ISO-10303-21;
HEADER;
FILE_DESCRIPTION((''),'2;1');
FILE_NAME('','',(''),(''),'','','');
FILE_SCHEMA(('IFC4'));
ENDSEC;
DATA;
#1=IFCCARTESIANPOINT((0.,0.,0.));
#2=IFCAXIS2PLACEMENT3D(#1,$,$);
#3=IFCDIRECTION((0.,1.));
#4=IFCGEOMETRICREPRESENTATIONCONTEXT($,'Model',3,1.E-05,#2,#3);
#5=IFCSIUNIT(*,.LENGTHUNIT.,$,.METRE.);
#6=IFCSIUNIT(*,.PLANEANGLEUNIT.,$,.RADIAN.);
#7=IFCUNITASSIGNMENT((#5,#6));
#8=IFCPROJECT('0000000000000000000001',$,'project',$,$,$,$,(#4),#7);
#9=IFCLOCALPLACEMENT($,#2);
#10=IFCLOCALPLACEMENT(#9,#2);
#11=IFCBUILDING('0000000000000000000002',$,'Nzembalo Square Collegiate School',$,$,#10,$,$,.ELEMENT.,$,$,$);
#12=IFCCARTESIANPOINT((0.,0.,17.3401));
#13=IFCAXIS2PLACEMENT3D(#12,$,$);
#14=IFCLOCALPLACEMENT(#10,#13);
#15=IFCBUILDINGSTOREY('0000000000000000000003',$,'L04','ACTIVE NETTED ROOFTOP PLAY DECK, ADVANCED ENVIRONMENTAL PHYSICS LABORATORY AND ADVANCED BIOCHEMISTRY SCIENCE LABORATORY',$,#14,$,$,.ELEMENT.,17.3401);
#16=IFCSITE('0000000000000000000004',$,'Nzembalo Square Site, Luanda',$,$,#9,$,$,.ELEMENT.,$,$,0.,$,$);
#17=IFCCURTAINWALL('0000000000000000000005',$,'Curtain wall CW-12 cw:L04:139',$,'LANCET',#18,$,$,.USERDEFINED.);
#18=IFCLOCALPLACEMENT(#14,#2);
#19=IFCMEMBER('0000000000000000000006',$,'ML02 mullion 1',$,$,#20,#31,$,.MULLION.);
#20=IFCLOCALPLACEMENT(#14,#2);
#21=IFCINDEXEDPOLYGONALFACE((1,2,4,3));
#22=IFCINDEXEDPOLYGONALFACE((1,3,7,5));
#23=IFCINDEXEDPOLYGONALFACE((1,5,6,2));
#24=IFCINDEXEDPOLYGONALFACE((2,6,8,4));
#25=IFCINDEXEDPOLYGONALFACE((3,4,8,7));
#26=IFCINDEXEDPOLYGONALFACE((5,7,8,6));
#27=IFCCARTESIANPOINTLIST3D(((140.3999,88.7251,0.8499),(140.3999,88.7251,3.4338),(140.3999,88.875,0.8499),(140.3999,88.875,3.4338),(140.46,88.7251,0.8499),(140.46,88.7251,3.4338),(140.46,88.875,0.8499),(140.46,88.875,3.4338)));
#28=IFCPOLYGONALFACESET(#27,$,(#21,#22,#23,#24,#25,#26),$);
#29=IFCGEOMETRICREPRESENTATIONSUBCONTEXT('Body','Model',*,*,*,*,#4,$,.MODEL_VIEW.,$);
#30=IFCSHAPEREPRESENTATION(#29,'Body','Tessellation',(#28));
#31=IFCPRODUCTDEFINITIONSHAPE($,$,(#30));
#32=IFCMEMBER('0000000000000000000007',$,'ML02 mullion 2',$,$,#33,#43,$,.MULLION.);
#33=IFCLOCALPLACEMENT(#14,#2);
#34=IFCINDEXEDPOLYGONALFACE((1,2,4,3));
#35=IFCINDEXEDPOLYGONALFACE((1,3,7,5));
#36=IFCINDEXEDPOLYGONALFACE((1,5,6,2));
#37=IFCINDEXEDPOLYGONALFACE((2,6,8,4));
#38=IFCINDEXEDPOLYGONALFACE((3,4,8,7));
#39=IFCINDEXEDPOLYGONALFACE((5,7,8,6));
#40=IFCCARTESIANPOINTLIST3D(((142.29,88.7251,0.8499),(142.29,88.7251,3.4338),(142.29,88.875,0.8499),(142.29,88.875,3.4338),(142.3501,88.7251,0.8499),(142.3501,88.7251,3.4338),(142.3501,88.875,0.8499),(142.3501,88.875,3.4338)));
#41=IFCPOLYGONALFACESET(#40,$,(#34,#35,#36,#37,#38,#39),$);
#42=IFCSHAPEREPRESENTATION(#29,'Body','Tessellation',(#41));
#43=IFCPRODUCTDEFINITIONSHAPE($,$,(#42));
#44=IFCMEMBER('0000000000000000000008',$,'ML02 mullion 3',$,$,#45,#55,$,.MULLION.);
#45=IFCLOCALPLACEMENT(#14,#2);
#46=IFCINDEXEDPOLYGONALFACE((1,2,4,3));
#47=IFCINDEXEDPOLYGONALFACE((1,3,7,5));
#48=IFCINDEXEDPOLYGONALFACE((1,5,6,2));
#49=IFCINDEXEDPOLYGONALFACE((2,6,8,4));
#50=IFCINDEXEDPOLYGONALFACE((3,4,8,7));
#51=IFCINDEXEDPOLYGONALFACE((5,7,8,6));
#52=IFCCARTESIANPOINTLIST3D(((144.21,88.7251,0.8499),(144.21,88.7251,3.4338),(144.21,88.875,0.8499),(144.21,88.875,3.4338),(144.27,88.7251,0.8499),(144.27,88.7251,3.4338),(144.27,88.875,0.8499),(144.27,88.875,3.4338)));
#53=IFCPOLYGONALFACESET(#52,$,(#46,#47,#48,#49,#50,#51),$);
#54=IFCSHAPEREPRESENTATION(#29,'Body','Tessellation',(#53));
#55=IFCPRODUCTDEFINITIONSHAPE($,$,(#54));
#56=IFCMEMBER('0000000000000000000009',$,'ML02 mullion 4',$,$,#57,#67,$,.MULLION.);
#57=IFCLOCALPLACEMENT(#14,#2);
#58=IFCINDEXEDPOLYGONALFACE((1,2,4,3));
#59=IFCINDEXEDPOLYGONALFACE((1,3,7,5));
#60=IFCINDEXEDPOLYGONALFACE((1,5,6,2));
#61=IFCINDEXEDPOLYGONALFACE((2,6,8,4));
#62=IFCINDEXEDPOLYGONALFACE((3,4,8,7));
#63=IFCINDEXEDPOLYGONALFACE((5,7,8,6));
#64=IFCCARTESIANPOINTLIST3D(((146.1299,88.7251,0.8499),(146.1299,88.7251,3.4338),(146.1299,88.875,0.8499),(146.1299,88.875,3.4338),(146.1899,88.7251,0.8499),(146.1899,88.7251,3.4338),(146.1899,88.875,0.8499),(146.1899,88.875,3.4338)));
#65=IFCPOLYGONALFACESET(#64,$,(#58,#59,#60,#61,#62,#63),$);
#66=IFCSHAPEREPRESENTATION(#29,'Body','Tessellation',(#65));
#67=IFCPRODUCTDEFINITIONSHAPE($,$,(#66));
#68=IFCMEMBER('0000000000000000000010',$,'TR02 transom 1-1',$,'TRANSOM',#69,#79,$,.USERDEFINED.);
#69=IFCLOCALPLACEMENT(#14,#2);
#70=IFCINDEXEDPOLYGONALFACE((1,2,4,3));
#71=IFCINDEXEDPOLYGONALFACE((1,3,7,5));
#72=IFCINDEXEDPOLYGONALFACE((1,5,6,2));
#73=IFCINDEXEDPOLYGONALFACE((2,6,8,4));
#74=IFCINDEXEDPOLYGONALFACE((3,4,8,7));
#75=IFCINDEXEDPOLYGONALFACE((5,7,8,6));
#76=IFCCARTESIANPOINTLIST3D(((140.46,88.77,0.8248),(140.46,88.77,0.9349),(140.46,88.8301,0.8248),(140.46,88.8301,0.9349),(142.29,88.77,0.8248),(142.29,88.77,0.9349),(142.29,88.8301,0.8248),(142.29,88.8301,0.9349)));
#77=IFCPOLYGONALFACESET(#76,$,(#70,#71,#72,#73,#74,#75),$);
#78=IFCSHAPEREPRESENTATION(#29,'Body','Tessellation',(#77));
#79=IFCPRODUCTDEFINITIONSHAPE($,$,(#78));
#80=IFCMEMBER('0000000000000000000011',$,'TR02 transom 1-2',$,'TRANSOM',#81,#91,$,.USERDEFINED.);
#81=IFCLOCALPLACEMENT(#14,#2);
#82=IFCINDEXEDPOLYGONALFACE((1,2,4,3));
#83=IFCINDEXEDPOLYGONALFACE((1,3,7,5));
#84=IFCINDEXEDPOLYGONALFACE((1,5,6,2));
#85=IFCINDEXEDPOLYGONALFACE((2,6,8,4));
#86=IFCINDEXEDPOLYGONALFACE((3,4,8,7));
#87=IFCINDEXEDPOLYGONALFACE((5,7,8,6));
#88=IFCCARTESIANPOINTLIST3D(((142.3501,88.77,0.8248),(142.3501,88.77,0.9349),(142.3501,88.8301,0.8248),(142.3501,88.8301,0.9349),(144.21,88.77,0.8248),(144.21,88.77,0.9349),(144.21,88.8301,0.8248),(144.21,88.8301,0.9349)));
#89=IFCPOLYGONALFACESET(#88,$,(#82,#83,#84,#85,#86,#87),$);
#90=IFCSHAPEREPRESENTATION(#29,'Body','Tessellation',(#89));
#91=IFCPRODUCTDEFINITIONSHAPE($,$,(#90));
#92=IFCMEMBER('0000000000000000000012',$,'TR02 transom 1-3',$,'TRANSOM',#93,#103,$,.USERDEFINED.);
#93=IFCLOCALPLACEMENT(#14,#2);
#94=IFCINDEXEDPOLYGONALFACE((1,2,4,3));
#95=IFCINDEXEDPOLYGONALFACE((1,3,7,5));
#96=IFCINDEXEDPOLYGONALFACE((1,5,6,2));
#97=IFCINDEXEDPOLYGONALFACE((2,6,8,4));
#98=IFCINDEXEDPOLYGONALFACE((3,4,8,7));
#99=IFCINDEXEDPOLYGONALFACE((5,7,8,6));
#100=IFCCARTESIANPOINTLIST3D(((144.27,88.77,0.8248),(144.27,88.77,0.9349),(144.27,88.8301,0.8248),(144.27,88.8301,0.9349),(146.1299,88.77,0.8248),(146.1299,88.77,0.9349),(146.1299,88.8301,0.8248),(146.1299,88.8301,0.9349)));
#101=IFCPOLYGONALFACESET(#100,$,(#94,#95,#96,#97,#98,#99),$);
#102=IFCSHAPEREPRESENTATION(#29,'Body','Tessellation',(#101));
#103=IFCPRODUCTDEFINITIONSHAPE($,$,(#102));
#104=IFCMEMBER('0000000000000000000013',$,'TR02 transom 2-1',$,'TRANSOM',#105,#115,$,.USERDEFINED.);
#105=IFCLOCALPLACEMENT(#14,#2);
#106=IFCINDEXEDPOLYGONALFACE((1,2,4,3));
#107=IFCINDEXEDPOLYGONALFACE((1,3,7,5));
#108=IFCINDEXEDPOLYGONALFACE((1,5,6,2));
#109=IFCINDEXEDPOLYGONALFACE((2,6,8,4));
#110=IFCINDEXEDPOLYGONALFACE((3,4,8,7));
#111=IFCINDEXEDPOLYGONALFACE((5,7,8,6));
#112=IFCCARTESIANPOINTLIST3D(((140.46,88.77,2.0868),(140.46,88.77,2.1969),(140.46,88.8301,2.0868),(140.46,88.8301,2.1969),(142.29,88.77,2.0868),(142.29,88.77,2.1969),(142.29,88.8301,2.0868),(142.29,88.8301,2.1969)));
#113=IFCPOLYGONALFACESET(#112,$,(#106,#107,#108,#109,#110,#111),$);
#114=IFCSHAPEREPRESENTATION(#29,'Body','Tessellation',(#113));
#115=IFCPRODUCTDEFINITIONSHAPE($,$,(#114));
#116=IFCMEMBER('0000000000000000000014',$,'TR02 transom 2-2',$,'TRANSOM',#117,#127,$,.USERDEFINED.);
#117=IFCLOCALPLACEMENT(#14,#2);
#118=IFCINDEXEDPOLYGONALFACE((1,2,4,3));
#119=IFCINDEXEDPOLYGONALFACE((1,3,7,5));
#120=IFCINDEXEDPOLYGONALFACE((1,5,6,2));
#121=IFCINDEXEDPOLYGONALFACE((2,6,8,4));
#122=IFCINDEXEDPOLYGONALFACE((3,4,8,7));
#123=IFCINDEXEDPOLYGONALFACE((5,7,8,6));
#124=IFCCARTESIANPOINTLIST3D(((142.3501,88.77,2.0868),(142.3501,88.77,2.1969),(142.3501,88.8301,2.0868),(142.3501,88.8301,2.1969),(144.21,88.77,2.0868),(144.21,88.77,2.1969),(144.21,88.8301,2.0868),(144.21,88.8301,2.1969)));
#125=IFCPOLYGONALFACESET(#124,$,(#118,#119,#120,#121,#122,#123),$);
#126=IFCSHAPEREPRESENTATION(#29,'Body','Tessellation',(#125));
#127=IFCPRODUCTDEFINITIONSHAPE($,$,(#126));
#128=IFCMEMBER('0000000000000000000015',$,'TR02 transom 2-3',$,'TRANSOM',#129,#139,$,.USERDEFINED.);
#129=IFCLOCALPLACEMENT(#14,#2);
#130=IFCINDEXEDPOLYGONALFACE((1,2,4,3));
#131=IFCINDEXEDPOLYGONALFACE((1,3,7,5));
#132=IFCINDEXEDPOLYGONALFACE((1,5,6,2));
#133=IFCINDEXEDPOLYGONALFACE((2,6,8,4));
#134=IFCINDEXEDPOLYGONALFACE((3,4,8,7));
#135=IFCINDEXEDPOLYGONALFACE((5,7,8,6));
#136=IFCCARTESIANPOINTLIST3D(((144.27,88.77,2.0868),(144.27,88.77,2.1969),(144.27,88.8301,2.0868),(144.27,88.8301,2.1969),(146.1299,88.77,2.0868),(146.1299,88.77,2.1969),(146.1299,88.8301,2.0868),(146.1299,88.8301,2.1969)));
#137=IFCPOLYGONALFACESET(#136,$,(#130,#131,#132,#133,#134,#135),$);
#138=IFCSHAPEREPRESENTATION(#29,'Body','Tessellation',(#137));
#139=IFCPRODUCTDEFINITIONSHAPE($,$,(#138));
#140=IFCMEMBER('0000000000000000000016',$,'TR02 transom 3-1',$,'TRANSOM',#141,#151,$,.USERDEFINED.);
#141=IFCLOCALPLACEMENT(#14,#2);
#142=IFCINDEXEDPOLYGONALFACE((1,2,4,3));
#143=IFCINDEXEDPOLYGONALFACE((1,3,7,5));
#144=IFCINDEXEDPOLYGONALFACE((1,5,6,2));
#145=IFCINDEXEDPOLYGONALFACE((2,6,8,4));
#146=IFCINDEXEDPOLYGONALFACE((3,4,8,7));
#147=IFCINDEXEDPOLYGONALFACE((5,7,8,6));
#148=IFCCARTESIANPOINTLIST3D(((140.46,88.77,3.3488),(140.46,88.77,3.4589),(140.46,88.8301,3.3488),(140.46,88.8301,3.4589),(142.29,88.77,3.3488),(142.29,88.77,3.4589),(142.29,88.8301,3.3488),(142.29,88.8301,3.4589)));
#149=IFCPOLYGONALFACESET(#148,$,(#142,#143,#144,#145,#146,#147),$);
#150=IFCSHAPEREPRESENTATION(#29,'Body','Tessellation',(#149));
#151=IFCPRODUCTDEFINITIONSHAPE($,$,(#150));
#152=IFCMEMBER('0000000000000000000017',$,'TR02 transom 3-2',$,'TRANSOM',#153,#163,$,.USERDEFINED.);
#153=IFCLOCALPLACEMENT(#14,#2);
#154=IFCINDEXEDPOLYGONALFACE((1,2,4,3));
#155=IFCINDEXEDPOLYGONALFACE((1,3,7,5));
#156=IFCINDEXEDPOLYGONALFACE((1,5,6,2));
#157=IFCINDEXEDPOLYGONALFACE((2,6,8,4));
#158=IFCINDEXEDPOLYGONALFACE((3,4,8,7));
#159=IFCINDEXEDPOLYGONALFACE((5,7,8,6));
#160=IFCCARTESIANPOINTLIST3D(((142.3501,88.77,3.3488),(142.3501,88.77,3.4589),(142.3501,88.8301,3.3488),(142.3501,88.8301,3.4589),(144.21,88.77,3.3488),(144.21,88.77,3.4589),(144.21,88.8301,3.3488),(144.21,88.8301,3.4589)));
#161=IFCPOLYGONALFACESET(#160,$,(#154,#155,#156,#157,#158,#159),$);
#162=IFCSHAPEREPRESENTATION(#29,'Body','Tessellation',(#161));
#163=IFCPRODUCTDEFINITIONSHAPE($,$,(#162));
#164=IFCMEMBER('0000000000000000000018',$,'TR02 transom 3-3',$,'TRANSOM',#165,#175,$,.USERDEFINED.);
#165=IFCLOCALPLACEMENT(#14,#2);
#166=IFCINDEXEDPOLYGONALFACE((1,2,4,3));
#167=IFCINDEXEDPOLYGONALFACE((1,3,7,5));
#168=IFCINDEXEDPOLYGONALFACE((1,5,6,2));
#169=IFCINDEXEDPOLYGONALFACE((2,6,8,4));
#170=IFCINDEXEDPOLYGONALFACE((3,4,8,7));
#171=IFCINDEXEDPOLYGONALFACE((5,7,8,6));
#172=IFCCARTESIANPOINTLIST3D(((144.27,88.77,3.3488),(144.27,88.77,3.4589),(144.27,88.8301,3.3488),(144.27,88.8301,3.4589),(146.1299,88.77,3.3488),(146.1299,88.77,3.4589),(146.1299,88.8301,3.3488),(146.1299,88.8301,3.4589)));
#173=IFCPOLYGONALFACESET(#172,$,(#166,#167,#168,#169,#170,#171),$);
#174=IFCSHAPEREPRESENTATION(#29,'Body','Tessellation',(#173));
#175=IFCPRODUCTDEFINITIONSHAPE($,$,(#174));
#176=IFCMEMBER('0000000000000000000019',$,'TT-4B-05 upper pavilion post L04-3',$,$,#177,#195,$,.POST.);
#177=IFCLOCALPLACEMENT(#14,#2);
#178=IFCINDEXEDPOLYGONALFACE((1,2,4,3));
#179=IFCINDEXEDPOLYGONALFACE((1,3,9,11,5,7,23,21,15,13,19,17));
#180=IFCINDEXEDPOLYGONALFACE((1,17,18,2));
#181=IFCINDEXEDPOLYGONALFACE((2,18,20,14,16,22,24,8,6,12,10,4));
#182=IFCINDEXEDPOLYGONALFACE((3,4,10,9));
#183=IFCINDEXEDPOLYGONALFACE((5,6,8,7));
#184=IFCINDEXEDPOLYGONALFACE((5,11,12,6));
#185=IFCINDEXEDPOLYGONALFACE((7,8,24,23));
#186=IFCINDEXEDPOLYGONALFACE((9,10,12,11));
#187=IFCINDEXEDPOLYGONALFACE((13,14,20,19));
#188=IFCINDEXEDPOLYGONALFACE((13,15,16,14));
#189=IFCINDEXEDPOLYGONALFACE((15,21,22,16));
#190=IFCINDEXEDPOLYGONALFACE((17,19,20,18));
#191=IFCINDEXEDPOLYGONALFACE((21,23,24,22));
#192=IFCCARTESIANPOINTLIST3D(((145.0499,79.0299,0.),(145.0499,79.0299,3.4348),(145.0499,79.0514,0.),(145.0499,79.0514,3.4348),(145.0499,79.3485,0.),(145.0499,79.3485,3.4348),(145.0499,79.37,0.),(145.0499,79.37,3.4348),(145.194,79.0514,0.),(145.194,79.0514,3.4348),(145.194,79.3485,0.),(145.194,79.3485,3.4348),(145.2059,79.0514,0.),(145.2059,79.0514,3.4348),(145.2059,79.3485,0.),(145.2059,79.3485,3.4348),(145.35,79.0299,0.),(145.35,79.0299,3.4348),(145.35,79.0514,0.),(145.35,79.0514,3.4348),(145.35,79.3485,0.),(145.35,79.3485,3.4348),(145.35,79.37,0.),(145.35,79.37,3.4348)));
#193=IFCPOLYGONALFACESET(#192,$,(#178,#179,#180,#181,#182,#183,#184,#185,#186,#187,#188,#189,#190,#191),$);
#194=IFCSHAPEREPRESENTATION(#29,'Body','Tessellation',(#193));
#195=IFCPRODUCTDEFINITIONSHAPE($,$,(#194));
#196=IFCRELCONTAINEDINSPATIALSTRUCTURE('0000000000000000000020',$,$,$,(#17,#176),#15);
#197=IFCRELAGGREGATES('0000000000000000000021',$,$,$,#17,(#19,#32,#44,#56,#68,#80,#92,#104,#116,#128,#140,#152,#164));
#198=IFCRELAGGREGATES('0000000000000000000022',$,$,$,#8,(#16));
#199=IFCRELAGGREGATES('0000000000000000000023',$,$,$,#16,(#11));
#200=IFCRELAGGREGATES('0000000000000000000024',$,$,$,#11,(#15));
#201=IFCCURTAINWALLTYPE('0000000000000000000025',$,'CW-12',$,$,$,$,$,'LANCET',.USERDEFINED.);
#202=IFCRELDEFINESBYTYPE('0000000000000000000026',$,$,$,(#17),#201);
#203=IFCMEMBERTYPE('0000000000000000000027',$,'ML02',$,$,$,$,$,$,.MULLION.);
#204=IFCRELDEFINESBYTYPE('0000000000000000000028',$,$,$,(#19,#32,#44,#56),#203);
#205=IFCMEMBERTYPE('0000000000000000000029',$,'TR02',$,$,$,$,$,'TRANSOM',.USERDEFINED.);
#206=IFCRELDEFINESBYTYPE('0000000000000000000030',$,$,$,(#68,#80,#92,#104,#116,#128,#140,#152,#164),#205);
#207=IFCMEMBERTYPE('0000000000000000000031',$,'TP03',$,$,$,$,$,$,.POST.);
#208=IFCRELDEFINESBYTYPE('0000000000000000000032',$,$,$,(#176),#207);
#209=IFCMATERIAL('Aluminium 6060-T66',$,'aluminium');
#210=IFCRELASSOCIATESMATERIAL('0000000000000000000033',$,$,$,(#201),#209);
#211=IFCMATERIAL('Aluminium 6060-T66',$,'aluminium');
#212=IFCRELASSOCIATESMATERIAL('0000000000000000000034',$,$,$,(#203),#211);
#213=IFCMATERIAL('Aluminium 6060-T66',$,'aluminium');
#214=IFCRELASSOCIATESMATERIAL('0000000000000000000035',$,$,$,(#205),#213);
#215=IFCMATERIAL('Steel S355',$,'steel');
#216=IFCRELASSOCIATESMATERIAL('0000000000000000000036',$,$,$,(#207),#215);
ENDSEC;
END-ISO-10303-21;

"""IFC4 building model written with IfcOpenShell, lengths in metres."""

from ifc_helpers import new_model, si_unit, direction, frame, origin, origin_2d, place, context, subcontext, project, spatial, rectangle, i_section, extrude, material, material_profile, profile_set, type_object, element, aggregate, save


model = new_model("IFC4")

# Units and contexts
model_context = context("Model", 3, precision=1e-05, world=origin(), true_north=direction((0.0, 1.0)))
body_context = subcontext(model_context, "Body", "Model", "MODEL_VIEW")
ifc_project = project(units=[si_unit("LENGTHUNIT", "METRE"), si_unit("PLANEANGLEUNIT", "RADIAN")], contexts=[model_context])

# Site, building, storey
site_placement = place(None, origin())
site = spatial("IfcSite", under=ifc_project, at=site_placement, Name="Nzembalo Square Site, Luanda", CompositionType="ELEMENT", RefElevation=0.0)
building_placement = place(site_placement, origin())
building = spatial("IfcBuilding", under=site, at=building_placement, Name="Nzembalo Square Collegiate School", CompositionType="ELEMENT")
storey_placement = place(building_placement, frame((0.0, 0.0, 17.3401)))
storey = spatial("IfcBuildingStorey", under=building, at=storey_placement, Name="L04", Description="ACTIVE NETTED ROOFTOP PLAY DECK, ADVANCED ENVIRONMENTAL PHYSICS LABORATORY AND ADVANCED BIOCHEMISTRY SCIENCE LABORATORY", CompositionType="ELEMENT", Elevation=17.3401)

# Curtain wall, members
ifc_material_1 = material(Name="Aluminium 6060-T66", Category="aluminium")
curtain_wall_type = type_object("IfcCurtainWallType", Name="CW-12", ElementType="LANCET", PredefinedType="USERDEFINED", material=ifc_material_1)
curtain_wall_placement = place(storey_placement, origin())
curtain_wall = element("IfcCurtainWall", 1, at=curtain_wall_placement, inside=storey, type_object=curtain_wall_type, Name="Curtain wall CW-12 cw:L04:139", ObjectType="LANCET", PredefinedType="USERDEFINED")
ifc_material_2 = material(Name="Aluminium 6060-T66", Category="aluminium")
ifc_material_profile_1 = material_profile(ifc_material_2, rectangle(XDim=0.0601, YDim=0.1499, at=origin_2d()), Name="ALU M60x150")
ifc_profile_set_1 = profile_set([ifc_material_profile_1], Name="Aluminium 6060-T66")
member_type_1 = type_object("IfcMemberType", Name="ML02", PredefinedType="MULLION", material=ifc_profile_set_1)
member_1_placement = place(storey_placement, frame((140.4299, 88.8, 0.8499), z_axis=(0.0, 0.0, 1.0), x_axis=(1.0, 0.0, 0.0)))
member_1 = element("IfcMember", 2, at=member_1_placement, type_object=member_type_1, Name="ML02 mullion 1", PredefinedType="MULLION", context=body_context, shape_type="SweptSolid", body=[
    extrude(rectangle(XDim=0.0601, YDim=0.1499, at=origin_2d()), origin(), (0.0, 0.0, 1.0), 2.584),
])
member_2_placement = place(storey_placement, frame((142.3201, 88.8, 0.8499), z_axis=(0.0, 0.0, 1.0), x_axis=(1.0, 0.0, 0.0)))
member_2 = element("IfcMember", 3, at=member_2_placement, type_object=member_type_1, Name="ML02 mullion 2", PredefinedType="MULLION", context=body_context, shape_type="SweptSolid", body=[
    extrude(rectangle(XDim=0.0601, YDim=0.1499, at=origin_2d()), origin(), (0.0, 0.0, 1.0), 2.584),
])
member_3_placement = place(storey_placement, frame((144.24, 88.8, 0.8499), z_axis=(0.0, 0.0, 1.0), x_axis=(1.0, 0.0, 0.0)))
member_3 = element("IfcMember", 4, at=member_3_placement, type_object=member_type_1, Name="ML02 mullion 3", PredefinedType="MULLION", context=body_context, shape_type="SweptSolid", body=[
    extrude(rectangle(XDim=0.0601, YDim=0.1499, at=origin_2d()), origin(), (0.0, 0.0, 1.0), 2.584),
])
member_4_placement = place(storey_placement, frame((146.1599, 88.8, 0.8499), z_axis=(0.0, 0.0, 1.0), x_axis=(1.0, 0.0, 0.0)))
member_4 = element("IfcMember", 5, at=member_4_placement, type_object=member_type_1, Name="ML02 mullion 4", PredefinedType="MULLION", context=body_context, shape_type="SweptSolid", body=[
    extrude(rectangle(XDim=0.0601, YDim=0.1499, at=origin_2d()), origin(), (0.0, 0.0, 1.0), 2.584),
])
ifc_material_3 = material(Name="Aluminium 6060-T66", Category="aluminium")
ifc_material_profile_2 = material_profile(ifc_material_3, rectangle(XDim=0.0601, YDim=0.1101, at=origin_2d()), Name="ALU T60x110")
ifc_profile_set_2 = profile_set([ifc_material_profile_2], Name="Aluminium 6060-T66")
member_type_2 = type_object("IfcMemberType", Name="TR02", ElementType="TRANSOM", PredefinedType="USERDEFINED", material=ifc_profile_set_2)
member_5_placement = place(storey_placement, frame((140.46, 88.8, 0.8799), z_axis=(1.0, 0.0, 0.0), x_axis=(0.0, 1.0, 0.0)))
member_5 = element("IfcMember", 6, at=member_5_placement, type_object=member_type_2, Name="TR02 transom 1-1", ObjectType="TRANSOM", PredefinedType="USERDEFINED", context=body_context, shape_type="SweptSolid", body=[
    extrude(rectangle(XDim=0.0601, YDim=0.1101, at=origin_2d()), origin(), (0.0, 0.0, 1.0), 1.8301),
])
member_6_placement = place(storey_placement, frame((142.3501, 88.8, 0.8799), z_axis=(1.0, 0.0, 0.0), x_axis=(0.0, 1.0, 0.0)))
member_6 = element("IfcMember", 7, at=member_6_placement, type_object=member_type_2, Name="TR02 transom 1-2", ObjectType="TRANSOM", PredefinedType="USERDEFINED", context=body_context, shape_type="SweptSolid", body=[
    extrude(rectangle(XDim=0.0601, YDim=0.1101, at=origin_2d()), origin(), (0.0, 0.0, 1.0), 1.8599),
])
member_7_placement = place(storey_placement, frame((144.27, 88.8, 0.8799), z_axis=(1.0, 0.0, 0.0), x_axis=(0.0, 1.0, 0.0)))
member_7 = element("IfcMember", 8, at=member_7_placement, type_object=member_type_2, Name="TR02 transom 1-3", ObjectType="TRANSOM", PredefinedType="USERDEFINED", context=body_context, shape_type="SweptSolid", body=[
    extrude(rectangle(XDim=0.0601, YDim=0.1101, at=origin_2d()), origin(), (0.0, 0.0, 1.0), 1.8599),
])
member_8_placement = place(storey_placement, frame((140.46, 88.8, 2.1418), z_axis=(1.0, 0.0, 0.0), x_axis=(0.0, 1.0, 0.0)))
member_8 = element("IfcMember", 9, at=member_8_placement, type_object=member_type_2, Name="TR02 transom 2-1", ObjectType="TRANSOM", PredefinedType="USERDEFINED", context=body_context, shape_type="SweptSolid", body=[
    extrude(rectangle(XDim=0.0601, YDim=0.1101, at=origin_2d()), origin(), (0.0, 0.0, 1.0), 1.8301),
])
member_9_placement = place(storey_placement, frame((142.3501, 88.8, 2.1418), z_axis=(1.0, 0.0, 0.0), x_axis=(0.0, 1.0, 0.0)))
member_9 = element("IfcMember", 10, at=member_9_placement, type_object=member_type_2, Name="TR02 transom 2-2", ObjectType="TRANSOM", PredefinedType="USERDEFINED", context=body_context, shape_type="SweptSolid", body=[
    extrude(rectangle(XDim=0.0601, YDim=0.1101, at=origin_2d()), origin(), (0.0, 0.0, 1.0), 1.8599),
])
member_10_placement = place(storey_placement, frame((144.27, 88.8, 2.1418), z_axis=(1.0, 0.0, 0.0), x_axis=(0.0, 1.0, 0.0)))
member_10 = element("IfcMember", 11, at=member_10_placement, type_object=member_type_2, Name="TR02 transom 2-3", ObjectType="TRANSOM", PredefinedType="USERDEFINED", context=body_context, shape_type="SweptSolid", body=[
    extrude(rectangle(XDim=0.0601, YDim=0.1101, at=origin_2d()), origin(), (0.0, 0.0, 1.0), 1.8599),
])
member_11_placement = place(storey_placement, frame((140.46, 88.8, 3.4038), z_axis=(1.0, 0.0, 0.0), x_axis=(0.0, 1.0, 0.0)))
member_11 = element("IfcMember", 12, at=member_11_placement, type_object=member_type_2, Name="TR02 transom 3-1", ObjectType="TRANSOM", PredefinedType="USERDEFINED", context=body_context, shape_type="SweptSolid", body=[
    extrude(rectangle(XDim=0.0601, YDim=0.1101, at=origin_2d()), origin(), (0.0, 0.0, 1.0), 1.8301),
])
member_12_placement = place(storey_placement, frame((142.3501, 88.8, 3.4038), z_axis=(1.0, 0.0, 0.0), x_axis=(0.0, 1.0, 0.0)))
member_12 = element("IfcMember", 13, at=member_12_placement, type_object=member_type_2, Name="TR02 transom 3-2", ObjectType="TRANSOM", PredefinedType="USERDEFINED", context=body_context, shape_type="SweptSolid", body=[
    extrude(rectangle(XDim=0.0601, YDim=0.1101, at=origin_2d()), origin(), (0.0, 0.0, 1.0), 1.8599),
])
member_13_placement = place(storey_placement, frame((144.27, 88.8, 3.4038), z_axis=(1.0, 0.0, 0.0), x_axis=(0.0, 1.0, 0.0)))
member_13 = element("IfcMember", 14, at=member_13_placement, type_object=member_type_2, Name="TR02 transom 3-3", ObjectType="TRANSOM", PredefinedType="USERDEFINED", context=body_context, shape_type="SweptSolid", body=[
    extrude(rectangle(XDim=0.0601, YDim=0.1101, at=origin_2d()), origin(), (0.0, 0.0, 1.0), 1.8599),
])

# Member
ifc_material_4 = material(Name="Steel S355", Category="steel")
ifc_material_profile_3 = material_profile(ifc_material_4, i_section(OverallWidth=0.3, OverallDepth=0.3401, WebThickness=0.012, FlangeThickness=0.0215, at=origin_2d()), Name="HEB 340")
ifc_profile_set_3 = profile_set([ifc_material_profile_3], Name="Steel S355")
member_type_3 = type_object("IfcMemberType", Name="TP03", PredefinedType="POST", material=ifc_profile_set_3)
member_14_placement = place(storey_placement, frame((145.2, 79.2, 0.0), z_axis=(0.0, 0.0, 1.0), x_axis=(1.0, 0.0, 0.0)))
element("IfcMember", 15, at=member_14_placement, inside=storey, type_object=member_type_3, Name="TT-4B-05 upper pavilion post L04-3", PredefinedType="POST", context=body_context, shape_type="SweptSolid", body=[
    extrude(i_section(OverallWidth=0.3, OverallDepth=0.3401, WebThickness=0.012, FlangeThickness=0.0215, at=origin_2d()), origin(), (0.0, 0.0, 1.0), 3.4348),
])

aggregate(curtain_wall, [member_1, member_2, member_3, member_4, member_5, member_6, member_7, member_8, member_9, member_10, member_11, member_12, member_13])

save(model, "model.ifc")
